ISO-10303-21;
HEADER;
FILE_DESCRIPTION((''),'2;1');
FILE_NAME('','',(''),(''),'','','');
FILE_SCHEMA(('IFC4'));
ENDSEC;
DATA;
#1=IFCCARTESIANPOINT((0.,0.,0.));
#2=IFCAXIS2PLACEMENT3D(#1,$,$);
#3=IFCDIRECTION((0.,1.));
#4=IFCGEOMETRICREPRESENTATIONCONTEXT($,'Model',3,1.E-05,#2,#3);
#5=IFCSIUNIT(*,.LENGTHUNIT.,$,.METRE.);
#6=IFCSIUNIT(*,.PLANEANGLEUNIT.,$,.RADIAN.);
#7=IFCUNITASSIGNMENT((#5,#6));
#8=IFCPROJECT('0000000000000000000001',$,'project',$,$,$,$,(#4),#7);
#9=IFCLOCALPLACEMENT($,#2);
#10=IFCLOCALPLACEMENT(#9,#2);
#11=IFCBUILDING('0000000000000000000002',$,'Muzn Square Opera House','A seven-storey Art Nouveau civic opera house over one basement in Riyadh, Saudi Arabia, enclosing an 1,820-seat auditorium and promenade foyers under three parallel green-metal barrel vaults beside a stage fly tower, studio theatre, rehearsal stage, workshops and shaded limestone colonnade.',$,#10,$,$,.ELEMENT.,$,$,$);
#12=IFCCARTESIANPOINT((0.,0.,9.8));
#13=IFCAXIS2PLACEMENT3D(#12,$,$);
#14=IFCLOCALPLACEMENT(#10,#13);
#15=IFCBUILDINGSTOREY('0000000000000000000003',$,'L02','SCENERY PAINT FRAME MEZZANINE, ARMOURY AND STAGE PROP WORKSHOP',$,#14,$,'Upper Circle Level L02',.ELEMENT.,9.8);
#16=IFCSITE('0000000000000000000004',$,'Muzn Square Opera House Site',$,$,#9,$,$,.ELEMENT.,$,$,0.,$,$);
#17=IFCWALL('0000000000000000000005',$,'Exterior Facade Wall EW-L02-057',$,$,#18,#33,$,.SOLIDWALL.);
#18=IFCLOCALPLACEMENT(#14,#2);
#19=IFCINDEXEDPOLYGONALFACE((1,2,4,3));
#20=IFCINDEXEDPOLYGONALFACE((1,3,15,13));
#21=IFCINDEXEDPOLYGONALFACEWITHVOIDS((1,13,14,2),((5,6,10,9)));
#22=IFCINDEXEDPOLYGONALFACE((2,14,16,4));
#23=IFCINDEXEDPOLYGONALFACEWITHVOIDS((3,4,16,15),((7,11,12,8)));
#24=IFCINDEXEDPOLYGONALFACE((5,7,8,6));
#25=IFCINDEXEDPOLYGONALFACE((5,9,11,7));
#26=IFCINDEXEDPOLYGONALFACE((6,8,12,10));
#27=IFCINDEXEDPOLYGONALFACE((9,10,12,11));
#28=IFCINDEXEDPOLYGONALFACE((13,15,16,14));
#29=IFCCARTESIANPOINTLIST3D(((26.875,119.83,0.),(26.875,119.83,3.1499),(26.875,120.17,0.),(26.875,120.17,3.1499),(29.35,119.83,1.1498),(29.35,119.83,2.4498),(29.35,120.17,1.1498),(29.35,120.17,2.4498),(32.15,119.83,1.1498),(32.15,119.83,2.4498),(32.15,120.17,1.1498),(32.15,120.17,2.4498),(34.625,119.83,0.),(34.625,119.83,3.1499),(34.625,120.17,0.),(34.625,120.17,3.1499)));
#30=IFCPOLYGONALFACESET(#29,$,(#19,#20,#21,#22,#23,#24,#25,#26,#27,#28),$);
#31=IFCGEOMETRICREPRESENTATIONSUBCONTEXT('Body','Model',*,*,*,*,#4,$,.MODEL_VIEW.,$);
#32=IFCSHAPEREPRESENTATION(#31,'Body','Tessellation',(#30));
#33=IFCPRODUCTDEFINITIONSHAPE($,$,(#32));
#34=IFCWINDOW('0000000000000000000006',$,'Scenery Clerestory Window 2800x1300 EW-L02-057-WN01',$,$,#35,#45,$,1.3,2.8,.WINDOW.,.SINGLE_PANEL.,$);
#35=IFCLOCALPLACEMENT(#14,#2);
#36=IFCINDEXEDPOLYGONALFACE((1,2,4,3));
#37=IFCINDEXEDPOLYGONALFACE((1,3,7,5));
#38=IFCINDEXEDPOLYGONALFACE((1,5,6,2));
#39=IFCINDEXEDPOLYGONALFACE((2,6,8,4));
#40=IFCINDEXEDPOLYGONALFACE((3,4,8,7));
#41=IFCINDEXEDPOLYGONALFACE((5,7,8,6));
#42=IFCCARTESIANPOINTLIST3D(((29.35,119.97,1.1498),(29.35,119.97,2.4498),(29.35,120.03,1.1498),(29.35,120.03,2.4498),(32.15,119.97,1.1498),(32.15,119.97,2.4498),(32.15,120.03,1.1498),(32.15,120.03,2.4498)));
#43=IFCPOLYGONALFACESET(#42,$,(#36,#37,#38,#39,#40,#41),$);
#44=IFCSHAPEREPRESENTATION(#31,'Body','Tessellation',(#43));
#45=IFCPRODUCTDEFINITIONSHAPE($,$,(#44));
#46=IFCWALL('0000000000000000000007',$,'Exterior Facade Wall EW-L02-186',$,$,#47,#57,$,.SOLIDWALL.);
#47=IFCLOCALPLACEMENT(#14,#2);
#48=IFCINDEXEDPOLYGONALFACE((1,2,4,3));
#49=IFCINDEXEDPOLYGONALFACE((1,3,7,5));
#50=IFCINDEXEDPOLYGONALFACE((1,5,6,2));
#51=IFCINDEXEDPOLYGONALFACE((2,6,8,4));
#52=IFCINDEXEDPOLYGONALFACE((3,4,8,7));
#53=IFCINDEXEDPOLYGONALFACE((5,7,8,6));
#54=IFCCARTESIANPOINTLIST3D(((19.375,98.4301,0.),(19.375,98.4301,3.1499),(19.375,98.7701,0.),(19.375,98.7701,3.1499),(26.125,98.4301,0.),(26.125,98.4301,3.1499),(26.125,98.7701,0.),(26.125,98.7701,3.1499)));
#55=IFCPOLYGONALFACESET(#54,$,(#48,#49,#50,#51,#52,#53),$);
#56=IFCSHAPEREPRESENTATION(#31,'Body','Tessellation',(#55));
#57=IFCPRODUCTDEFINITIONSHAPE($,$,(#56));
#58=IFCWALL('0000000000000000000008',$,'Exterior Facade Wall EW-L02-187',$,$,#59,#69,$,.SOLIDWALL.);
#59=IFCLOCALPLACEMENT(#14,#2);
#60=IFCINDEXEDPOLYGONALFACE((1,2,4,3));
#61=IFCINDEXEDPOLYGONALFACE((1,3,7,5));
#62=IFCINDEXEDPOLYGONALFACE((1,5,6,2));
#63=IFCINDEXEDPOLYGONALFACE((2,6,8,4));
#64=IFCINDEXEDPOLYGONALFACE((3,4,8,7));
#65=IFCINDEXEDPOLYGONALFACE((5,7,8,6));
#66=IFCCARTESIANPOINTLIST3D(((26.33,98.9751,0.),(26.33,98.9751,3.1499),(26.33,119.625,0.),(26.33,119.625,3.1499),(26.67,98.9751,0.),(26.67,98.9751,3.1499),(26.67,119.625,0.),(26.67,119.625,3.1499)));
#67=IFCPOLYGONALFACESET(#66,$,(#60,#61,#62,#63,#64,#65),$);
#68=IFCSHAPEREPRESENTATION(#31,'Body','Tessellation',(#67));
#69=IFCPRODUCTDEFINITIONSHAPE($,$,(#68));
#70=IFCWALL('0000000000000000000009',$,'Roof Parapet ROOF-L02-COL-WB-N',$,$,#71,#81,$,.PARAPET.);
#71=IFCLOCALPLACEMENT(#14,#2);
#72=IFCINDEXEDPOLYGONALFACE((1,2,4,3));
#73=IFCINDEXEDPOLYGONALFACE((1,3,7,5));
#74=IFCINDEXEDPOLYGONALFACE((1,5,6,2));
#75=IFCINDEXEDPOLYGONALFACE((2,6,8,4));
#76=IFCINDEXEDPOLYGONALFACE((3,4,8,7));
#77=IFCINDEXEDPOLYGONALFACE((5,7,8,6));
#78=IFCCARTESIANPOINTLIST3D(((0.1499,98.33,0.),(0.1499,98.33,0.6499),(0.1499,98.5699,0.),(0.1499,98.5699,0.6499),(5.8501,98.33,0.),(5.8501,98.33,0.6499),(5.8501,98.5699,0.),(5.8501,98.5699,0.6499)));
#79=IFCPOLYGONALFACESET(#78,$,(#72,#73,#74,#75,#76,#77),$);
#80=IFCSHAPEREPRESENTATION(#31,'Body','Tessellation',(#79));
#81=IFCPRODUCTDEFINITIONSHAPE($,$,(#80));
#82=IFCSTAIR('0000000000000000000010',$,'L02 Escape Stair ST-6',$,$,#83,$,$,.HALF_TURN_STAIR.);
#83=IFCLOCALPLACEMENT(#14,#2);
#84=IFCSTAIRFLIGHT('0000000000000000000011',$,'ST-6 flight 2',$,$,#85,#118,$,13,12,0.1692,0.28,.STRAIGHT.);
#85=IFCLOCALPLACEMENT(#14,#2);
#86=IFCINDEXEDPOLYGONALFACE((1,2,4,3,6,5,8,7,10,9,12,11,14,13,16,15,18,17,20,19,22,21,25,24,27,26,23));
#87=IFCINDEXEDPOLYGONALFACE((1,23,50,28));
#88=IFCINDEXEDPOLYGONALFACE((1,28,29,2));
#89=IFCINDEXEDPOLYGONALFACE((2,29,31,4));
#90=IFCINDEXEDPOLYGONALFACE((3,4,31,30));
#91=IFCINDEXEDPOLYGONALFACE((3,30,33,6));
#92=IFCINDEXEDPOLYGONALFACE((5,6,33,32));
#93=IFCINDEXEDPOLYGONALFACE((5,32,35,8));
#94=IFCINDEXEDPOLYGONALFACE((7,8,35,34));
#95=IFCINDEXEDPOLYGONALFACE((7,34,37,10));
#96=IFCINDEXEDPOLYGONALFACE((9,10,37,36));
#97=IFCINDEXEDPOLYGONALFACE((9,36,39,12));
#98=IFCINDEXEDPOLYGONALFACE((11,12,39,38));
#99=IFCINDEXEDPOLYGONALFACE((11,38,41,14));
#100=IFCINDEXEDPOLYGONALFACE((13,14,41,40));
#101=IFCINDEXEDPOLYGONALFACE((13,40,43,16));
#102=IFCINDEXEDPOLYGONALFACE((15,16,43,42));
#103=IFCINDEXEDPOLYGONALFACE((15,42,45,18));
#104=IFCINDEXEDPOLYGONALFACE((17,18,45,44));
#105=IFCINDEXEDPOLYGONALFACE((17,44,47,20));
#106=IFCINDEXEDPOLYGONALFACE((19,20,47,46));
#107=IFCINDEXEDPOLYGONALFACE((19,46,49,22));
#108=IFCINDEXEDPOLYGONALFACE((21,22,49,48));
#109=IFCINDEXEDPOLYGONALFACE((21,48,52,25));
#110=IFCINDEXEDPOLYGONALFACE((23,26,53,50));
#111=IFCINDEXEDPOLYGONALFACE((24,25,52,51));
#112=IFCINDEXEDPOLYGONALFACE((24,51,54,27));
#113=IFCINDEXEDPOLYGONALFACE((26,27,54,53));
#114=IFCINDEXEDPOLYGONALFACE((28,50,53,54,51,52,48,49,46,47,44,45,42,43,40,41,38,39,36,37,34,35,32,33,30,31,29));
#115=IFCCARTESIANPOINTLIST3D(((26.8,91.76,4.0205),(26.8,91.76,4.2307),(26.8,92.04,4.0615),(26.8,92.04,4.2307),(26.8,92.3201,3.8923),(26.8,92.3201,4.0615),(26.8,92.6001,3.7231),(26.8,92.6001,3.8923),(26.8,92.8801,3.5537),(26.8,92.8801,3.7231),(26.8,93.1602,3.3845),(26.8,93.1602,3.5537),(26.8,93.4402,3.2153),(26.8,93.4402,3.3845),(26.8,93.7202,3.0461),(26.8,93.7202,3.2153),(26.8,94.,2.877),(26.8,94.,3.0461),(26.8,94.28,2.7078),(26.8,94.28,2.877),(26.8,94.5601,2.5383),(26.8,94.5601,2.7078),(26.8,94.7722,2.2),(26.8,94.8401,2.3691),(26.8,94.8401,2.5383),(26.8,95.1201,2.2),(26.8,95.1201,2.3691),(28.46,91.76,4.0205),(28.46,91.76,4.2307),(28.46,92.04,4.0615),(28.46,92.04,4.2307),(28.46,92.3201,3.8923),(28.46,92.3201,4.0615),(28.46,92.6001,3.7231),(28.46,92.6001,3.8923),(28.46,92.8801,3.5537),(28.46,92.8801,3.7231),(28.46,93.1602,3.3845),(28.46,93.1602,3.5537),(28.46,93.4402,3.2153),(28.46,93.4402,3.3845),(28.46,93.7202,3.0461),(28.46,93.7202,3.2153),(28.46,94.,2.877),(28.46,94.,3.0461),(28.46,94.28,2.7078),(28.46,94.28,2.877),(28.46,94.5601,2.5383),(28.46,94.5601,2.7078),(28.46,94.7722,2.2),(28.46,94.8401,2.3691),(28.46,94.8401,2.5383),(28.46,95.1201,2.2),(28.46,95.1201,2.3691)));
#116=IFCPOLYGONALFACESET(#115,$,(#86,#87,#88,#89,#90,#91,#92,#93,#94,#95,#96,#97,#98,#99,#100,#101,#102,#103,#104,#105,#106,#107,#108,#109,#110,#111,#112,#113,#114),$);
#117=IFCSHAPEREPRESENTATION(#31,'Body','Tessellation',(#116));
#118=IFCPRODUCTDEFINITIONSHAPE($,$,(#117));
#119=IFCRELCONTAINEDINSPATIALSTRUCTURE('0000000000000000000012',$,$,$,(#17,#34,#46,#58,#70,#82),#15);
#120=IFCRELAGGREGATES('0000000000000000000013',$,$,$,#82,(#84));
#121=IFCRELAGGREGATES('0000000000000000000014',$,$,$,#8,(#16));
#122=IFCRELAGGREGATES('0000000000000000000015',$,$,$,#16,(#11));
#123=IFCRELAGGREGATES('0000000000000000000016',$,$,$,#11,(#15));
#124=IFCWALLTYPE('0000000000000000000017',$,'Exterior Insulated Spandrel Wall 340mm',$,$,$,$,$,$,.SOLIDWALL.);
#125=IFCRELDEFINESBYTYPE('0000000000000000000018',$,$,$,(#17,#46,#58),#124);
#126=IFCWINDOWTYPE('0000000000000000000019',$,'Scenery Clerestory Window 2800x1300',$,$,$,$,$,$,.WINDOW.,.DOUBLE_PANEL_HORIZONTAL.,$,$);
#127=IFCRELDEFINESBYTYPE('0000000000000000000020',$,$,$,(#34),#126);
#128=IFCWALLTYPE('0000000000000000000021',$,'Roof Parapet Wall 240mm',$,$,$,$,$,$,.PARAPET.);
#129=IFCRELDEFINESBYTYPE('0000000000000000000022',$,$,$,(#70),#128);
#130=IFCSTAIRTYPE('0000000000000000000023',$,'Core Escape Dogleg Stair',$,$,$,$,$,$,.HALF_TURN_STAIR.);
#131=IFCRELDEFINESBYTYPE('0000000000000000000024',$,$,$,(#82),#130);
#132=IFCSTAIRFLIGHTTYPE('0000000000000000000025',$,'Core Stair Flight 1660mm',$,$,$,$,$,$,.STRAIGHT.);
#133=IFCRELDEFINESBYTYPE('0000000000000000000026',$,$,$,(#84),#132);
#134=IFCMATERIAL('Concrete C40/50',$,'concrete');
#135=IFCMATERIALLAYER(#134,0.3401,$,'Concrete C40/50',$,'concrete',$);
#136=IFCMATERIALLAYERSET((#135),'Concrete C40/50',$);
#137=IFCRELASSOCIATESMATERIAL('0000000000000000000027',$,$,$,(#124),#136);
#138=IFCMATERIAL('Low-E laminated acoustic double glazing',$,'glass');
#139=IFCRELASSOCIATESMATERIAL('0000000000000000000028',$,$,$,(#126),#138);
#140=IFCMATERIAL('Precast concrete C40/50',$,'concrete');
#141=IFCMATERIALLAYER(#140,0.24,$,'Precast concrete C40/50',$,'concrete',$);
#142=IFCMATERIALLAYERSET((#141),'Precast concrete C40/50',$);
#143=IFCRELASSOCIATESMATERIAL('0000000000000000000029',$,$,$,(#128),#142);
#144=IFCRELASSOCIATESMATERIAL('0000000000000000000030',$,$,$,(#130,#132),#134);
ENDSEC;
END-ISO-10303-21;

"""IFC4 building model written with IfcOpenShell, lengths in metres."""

from ifc_helpers import new_model, si_unit, direction, frame, frame_2d, origin, place, context, subcontext, project, spatial, polyline, rectangle, outline, extrude, material, layer, layer_set, type_object, element, fill, aggregate, save


model = new_model("IFC4")

# Units and contexts
model_context = context("Model", 3, precision=1e-05, world=origin(), true_north=direction((0.0, 1.0)))
body_context = subcontext(model_context, "Body", "Model", "MODEL_VIEW")
ifc_project = project(units=[si_unit("LENGTHUNIT", "METRE"), si_unit("PLANEANGLEUNIT", "RADIAN")], contexts=[model_context])

# Site, building, storey
site_placement = place(None, origin())
site = spatial("IfcSite", under=ifc_project, at=site_placement, Name="Muzn Square Opera House Site", CompositionType="ELEMENT", RefElevation=0.0)
building_placement = place(site_placement, origin())
building = spatial("IfcBuilding", under=site, at=building_placement, Name="Muzn Square Opera House", Description="A seven-storey Art Nouveau civic opera house over one basement in Riyadh, Saudi Arabia, enclosing an 1,820-seat auditorium and promenade foyers under three parallel green-metal barrel vaults beside a stage fly tower, studio theatre, rehearsal stage, workshops and shaded limestone colonnade.", CompositionType="ELEMENT")
storey_placement = place(building_placement, frame((0.0, 0.0, 9.8)))
storey = spatial("IfcBuildingStorey", under=building, at=storey_placement, Name="L02", Description="SCENERY PAINT FRAME MEZZANINE, ARMOURY AND STAGE PROP WORKSHOP", LongName="Upper Circle Level L02", CompositionType="ELEMENT", Elevation=9.8)

# Shared definitions
ifc_material_1 = material(Name="Concrete C40/50", Category="concrete")

# Wall, opening, window
ifc_layer_1 = layer(ifc_material_1, 0.3401, Name="Concrete C40/50", Category="concrete")
ifc_layer_set_1 = layer_set([ifc_layer_1], Name="Concrete C40/50")
wall_type_1 = type_object("IfcWallType", Name="Exterior Insulated Spandrel Wall 340mm", PredefinedType="SOLIDWALL", material=ifc_layer_set_1)
wall_1_placement = place(storey_placement, frame((26.875, 120.0, 0.0), z_axis=(0.0, 0.0, 1.0), x_axis=(1.0, 0.0, 0.0)))
wall_1 = element("IfcWall", 1, at=wall_1_placement, inside=storey, type_object=wall_type_1, Name="Exterior Facade Wall EW-L02-057", PredefinedType="SOLIDWALL", context=body_context, shape_type="SweptSolid", body=[
    extrude(rectangle(XDim=7.75, YDim=0.3401, at=frame_2d((3.875, 0.0))), origin(), (0.0, 0.0, 1.0), 3.1499),
])
opening_placement = place(wall_1_placement, frame((2.4751, 0.0, 1.1499)))
opening = element("IfcOpeningElement", 2, at=opening_placement, cuts=wall_1, PredefinedType="OPENING", context=body_context, shape_type="SweptSolid", body=[
    extrude(rectangle(XDim=2.8, YDim=1.3, at=frame_2d((1.3999, 0.6499))), frame((0.0, 0.1799, 0.0), z_axis=(0.0, -1.0, 0.0), x_axis=(1.0, 0.0, 0.0)), (0.0, 0.0, 1.0), 0.3601),
])
ifc_material_2 = material(Name="Low-E laminated acoustic double glazing", Category="glass")
window_type = type_object("IfcWindowType", Name="Scenery Clerestory Window 2800x1300", PartitioningType="DOUBLE_PANEL_HORIZONTAL", PredefinedType="WINDOW", material=ifc_material_2)
window_placement = place(opening_placement, origin())
window = element("IfcWindow", 3, at=window_placement, inside=storey, type_object=window_type, Name="Scenery Clerestory Window 2800x1300 EW-L02-057-WN01", OverallHeight=1.3, OverallWidth=2.8, PartitioningType="SINGLE_PANEL", PredefinedType="WINDOW", context=body_context, shape_type="SweptSolid", body=[
    extrude(rectangle(XDim=2.8, YDim=1.3, at=frame_2d((1.3999, 0.6499))), frame((0.0, 0.03, 0.0), z_axis=(0.0, -1.0, 0.0), x_axis=(1.0, 0.0, 0.0)), (0.0, 0.0, 1.0), 0.0601),
])
fill(opening, window)

# Walls
wall_2_placement = place(storey_placement, frame((19.375, 98.6001, 0.0), z_axis=(0.0, 0.0, 1.0), x_axis=(1.0, 0.0, 0.0)))
element("IfcWall", 4, at=wall_2_placement, inside=storey, type_object=wall_type_1, Name="Exterior Facade Wall EW-L02-186", PredefinedType="SOLIDWALL", context=body_context, shape_type="SweptSolid", body=[
    extrude(rectangle(XDim=6.75, YDim=0.3401, at=frame_2d((3.375, 0.0))), origin(), (0.0, 0.0, 1.0), 3.1499),
])
wall_3_placement = place(storey_placement, frame((26.5, 98.9751, 0.0), z_axis=(0.0, 0.0, 1.0), x_axis=(0.0, 1.0, 0.0)))
element("IfcWall", 5, at=wall_3_placement, inside=storey, type_object=wall_type_1, Name="Exterior Facade Wall EW-L02-187", PredefinedType="SOLIDWALL", context=body_context, shape_type="SweptSolid", body=[
    extrude(rectangle(XDim=20.6499, YDim=0.3401, at=frame_2d((10.325, 0.0))), origin(), (0.0, 0.0, 1.0), 3.1499),
])
ifc_material_3 = material(Name="Precast concrete C40/50", Category="concrete")
ifc_layer_2 = layer(ifc_material_3, 0.24, Name="Precast concrete C40/50", Category="concrete")
ifc_layer_set_2 = layer_set([ifc_layer_2], Name="Precast concrete C40/50")
wall_type_2 = type_object("IfcWallType", Name="Roof Parapet Wall 240mm", PredefinedType="PARAPET", material=ifc_layer_set_2)
wall_4_placement = place(storey_placement, frame((0.1499, 98.45, 0.0), z_axis=(0.0, 0.0, 1.0), x_axis=(1.0, 0.0, 0.0)))
element("IfcWall", 6, at=wall_4_placement, inside=storey, type_object=wall_type_2, Name="Roof Parapet ROOF-L02-COL-WB-N", PredefinedType="PARAPET", context=body_context, shape_type="SweptSolid", body=[
    extrude(rectangle(XDim=5.7002, YDim=0.24, at=frame_2d((2.8501, 0.0))), origin(), (0.0, 0.0, 1.0), 0.6499),
])

# Stair, stair flight
stair_type = type_object("IfcStairType", Name="Core Escape Dogleg Stair", PredefinedType="HALF_TURN_STAIR", material=ifc_material_1)
stair_placement = place(storey_placement, origin())
stair = element("IfcStair", 7, at=stair_placement, inside=storey, type_object=stair_type, Name="L02 Escape Stair ST-6", PredefinedType="HALF_TURN_STAIR")
stair_flight_type = type_object("IfcStairFlightType", Name="Core Stair Flight 1660mm", PredefinedType="STRAIGHT", material=ifc_material_1)
stair_flight_placement = place(storey_placement, frame((27.6299, 95.1201, 2.2), z_axis=(0.0, 0.0, 1.0), x_axis=(0.0, -1.0, 0.0)))
stair_flight = element("IfcStairFlight", 8, at=stair_flight_placement, type_object=stair_flight_type, Name="ST-6 flight 2", NumberOfRisers=13, NumberOfTreads=12, PredefinedType="STRAIGHT", RiserHeight=0.1692, TreadLength=0.28, context=body_context, shape_type="SweptSolid", body=[
    extrude(outline(polyline([(0.0, 0.0), (0.0, 0.1692), (0.28, 0.1692), (0.28, 0.3384), (0.5601, 0.3384), (0.5601, 0.5078), (0.8401, 0.5078), (0.8401, 0.677), (1.1201, 0.677), (1.1201, 0.8462), (1.3999, 0.8462), (1.3999, 1.0154), (1.6799, 1.0154), (1.6799, 1.1846), (1.96, 1.1846), (1.96, 1.3538), (2.24, 1.3538), (2.24, 1.5232), (2.52, 1.5232), (2.52, 1.6924), (2.8, 1.6924), (2.8, 1.8616), (3.0801, 1.8616), (3.0801, 2.0308), (3.3601, 2.0308), (3.3601, 2.2), (3.3601, 1.8206), (0.3479, 0.0), (0.0, 0.0)])), frame((0.0, 0.8301, 0.0), z_axis=(0.0, -1.0, 0.0), x_axis=(1.0, 0.0, 0.0)), (0.0, 0.0, 1.0), 1.6599),
])
aggregate(stair, [stair_flight])

save(model, "model.ifc")
